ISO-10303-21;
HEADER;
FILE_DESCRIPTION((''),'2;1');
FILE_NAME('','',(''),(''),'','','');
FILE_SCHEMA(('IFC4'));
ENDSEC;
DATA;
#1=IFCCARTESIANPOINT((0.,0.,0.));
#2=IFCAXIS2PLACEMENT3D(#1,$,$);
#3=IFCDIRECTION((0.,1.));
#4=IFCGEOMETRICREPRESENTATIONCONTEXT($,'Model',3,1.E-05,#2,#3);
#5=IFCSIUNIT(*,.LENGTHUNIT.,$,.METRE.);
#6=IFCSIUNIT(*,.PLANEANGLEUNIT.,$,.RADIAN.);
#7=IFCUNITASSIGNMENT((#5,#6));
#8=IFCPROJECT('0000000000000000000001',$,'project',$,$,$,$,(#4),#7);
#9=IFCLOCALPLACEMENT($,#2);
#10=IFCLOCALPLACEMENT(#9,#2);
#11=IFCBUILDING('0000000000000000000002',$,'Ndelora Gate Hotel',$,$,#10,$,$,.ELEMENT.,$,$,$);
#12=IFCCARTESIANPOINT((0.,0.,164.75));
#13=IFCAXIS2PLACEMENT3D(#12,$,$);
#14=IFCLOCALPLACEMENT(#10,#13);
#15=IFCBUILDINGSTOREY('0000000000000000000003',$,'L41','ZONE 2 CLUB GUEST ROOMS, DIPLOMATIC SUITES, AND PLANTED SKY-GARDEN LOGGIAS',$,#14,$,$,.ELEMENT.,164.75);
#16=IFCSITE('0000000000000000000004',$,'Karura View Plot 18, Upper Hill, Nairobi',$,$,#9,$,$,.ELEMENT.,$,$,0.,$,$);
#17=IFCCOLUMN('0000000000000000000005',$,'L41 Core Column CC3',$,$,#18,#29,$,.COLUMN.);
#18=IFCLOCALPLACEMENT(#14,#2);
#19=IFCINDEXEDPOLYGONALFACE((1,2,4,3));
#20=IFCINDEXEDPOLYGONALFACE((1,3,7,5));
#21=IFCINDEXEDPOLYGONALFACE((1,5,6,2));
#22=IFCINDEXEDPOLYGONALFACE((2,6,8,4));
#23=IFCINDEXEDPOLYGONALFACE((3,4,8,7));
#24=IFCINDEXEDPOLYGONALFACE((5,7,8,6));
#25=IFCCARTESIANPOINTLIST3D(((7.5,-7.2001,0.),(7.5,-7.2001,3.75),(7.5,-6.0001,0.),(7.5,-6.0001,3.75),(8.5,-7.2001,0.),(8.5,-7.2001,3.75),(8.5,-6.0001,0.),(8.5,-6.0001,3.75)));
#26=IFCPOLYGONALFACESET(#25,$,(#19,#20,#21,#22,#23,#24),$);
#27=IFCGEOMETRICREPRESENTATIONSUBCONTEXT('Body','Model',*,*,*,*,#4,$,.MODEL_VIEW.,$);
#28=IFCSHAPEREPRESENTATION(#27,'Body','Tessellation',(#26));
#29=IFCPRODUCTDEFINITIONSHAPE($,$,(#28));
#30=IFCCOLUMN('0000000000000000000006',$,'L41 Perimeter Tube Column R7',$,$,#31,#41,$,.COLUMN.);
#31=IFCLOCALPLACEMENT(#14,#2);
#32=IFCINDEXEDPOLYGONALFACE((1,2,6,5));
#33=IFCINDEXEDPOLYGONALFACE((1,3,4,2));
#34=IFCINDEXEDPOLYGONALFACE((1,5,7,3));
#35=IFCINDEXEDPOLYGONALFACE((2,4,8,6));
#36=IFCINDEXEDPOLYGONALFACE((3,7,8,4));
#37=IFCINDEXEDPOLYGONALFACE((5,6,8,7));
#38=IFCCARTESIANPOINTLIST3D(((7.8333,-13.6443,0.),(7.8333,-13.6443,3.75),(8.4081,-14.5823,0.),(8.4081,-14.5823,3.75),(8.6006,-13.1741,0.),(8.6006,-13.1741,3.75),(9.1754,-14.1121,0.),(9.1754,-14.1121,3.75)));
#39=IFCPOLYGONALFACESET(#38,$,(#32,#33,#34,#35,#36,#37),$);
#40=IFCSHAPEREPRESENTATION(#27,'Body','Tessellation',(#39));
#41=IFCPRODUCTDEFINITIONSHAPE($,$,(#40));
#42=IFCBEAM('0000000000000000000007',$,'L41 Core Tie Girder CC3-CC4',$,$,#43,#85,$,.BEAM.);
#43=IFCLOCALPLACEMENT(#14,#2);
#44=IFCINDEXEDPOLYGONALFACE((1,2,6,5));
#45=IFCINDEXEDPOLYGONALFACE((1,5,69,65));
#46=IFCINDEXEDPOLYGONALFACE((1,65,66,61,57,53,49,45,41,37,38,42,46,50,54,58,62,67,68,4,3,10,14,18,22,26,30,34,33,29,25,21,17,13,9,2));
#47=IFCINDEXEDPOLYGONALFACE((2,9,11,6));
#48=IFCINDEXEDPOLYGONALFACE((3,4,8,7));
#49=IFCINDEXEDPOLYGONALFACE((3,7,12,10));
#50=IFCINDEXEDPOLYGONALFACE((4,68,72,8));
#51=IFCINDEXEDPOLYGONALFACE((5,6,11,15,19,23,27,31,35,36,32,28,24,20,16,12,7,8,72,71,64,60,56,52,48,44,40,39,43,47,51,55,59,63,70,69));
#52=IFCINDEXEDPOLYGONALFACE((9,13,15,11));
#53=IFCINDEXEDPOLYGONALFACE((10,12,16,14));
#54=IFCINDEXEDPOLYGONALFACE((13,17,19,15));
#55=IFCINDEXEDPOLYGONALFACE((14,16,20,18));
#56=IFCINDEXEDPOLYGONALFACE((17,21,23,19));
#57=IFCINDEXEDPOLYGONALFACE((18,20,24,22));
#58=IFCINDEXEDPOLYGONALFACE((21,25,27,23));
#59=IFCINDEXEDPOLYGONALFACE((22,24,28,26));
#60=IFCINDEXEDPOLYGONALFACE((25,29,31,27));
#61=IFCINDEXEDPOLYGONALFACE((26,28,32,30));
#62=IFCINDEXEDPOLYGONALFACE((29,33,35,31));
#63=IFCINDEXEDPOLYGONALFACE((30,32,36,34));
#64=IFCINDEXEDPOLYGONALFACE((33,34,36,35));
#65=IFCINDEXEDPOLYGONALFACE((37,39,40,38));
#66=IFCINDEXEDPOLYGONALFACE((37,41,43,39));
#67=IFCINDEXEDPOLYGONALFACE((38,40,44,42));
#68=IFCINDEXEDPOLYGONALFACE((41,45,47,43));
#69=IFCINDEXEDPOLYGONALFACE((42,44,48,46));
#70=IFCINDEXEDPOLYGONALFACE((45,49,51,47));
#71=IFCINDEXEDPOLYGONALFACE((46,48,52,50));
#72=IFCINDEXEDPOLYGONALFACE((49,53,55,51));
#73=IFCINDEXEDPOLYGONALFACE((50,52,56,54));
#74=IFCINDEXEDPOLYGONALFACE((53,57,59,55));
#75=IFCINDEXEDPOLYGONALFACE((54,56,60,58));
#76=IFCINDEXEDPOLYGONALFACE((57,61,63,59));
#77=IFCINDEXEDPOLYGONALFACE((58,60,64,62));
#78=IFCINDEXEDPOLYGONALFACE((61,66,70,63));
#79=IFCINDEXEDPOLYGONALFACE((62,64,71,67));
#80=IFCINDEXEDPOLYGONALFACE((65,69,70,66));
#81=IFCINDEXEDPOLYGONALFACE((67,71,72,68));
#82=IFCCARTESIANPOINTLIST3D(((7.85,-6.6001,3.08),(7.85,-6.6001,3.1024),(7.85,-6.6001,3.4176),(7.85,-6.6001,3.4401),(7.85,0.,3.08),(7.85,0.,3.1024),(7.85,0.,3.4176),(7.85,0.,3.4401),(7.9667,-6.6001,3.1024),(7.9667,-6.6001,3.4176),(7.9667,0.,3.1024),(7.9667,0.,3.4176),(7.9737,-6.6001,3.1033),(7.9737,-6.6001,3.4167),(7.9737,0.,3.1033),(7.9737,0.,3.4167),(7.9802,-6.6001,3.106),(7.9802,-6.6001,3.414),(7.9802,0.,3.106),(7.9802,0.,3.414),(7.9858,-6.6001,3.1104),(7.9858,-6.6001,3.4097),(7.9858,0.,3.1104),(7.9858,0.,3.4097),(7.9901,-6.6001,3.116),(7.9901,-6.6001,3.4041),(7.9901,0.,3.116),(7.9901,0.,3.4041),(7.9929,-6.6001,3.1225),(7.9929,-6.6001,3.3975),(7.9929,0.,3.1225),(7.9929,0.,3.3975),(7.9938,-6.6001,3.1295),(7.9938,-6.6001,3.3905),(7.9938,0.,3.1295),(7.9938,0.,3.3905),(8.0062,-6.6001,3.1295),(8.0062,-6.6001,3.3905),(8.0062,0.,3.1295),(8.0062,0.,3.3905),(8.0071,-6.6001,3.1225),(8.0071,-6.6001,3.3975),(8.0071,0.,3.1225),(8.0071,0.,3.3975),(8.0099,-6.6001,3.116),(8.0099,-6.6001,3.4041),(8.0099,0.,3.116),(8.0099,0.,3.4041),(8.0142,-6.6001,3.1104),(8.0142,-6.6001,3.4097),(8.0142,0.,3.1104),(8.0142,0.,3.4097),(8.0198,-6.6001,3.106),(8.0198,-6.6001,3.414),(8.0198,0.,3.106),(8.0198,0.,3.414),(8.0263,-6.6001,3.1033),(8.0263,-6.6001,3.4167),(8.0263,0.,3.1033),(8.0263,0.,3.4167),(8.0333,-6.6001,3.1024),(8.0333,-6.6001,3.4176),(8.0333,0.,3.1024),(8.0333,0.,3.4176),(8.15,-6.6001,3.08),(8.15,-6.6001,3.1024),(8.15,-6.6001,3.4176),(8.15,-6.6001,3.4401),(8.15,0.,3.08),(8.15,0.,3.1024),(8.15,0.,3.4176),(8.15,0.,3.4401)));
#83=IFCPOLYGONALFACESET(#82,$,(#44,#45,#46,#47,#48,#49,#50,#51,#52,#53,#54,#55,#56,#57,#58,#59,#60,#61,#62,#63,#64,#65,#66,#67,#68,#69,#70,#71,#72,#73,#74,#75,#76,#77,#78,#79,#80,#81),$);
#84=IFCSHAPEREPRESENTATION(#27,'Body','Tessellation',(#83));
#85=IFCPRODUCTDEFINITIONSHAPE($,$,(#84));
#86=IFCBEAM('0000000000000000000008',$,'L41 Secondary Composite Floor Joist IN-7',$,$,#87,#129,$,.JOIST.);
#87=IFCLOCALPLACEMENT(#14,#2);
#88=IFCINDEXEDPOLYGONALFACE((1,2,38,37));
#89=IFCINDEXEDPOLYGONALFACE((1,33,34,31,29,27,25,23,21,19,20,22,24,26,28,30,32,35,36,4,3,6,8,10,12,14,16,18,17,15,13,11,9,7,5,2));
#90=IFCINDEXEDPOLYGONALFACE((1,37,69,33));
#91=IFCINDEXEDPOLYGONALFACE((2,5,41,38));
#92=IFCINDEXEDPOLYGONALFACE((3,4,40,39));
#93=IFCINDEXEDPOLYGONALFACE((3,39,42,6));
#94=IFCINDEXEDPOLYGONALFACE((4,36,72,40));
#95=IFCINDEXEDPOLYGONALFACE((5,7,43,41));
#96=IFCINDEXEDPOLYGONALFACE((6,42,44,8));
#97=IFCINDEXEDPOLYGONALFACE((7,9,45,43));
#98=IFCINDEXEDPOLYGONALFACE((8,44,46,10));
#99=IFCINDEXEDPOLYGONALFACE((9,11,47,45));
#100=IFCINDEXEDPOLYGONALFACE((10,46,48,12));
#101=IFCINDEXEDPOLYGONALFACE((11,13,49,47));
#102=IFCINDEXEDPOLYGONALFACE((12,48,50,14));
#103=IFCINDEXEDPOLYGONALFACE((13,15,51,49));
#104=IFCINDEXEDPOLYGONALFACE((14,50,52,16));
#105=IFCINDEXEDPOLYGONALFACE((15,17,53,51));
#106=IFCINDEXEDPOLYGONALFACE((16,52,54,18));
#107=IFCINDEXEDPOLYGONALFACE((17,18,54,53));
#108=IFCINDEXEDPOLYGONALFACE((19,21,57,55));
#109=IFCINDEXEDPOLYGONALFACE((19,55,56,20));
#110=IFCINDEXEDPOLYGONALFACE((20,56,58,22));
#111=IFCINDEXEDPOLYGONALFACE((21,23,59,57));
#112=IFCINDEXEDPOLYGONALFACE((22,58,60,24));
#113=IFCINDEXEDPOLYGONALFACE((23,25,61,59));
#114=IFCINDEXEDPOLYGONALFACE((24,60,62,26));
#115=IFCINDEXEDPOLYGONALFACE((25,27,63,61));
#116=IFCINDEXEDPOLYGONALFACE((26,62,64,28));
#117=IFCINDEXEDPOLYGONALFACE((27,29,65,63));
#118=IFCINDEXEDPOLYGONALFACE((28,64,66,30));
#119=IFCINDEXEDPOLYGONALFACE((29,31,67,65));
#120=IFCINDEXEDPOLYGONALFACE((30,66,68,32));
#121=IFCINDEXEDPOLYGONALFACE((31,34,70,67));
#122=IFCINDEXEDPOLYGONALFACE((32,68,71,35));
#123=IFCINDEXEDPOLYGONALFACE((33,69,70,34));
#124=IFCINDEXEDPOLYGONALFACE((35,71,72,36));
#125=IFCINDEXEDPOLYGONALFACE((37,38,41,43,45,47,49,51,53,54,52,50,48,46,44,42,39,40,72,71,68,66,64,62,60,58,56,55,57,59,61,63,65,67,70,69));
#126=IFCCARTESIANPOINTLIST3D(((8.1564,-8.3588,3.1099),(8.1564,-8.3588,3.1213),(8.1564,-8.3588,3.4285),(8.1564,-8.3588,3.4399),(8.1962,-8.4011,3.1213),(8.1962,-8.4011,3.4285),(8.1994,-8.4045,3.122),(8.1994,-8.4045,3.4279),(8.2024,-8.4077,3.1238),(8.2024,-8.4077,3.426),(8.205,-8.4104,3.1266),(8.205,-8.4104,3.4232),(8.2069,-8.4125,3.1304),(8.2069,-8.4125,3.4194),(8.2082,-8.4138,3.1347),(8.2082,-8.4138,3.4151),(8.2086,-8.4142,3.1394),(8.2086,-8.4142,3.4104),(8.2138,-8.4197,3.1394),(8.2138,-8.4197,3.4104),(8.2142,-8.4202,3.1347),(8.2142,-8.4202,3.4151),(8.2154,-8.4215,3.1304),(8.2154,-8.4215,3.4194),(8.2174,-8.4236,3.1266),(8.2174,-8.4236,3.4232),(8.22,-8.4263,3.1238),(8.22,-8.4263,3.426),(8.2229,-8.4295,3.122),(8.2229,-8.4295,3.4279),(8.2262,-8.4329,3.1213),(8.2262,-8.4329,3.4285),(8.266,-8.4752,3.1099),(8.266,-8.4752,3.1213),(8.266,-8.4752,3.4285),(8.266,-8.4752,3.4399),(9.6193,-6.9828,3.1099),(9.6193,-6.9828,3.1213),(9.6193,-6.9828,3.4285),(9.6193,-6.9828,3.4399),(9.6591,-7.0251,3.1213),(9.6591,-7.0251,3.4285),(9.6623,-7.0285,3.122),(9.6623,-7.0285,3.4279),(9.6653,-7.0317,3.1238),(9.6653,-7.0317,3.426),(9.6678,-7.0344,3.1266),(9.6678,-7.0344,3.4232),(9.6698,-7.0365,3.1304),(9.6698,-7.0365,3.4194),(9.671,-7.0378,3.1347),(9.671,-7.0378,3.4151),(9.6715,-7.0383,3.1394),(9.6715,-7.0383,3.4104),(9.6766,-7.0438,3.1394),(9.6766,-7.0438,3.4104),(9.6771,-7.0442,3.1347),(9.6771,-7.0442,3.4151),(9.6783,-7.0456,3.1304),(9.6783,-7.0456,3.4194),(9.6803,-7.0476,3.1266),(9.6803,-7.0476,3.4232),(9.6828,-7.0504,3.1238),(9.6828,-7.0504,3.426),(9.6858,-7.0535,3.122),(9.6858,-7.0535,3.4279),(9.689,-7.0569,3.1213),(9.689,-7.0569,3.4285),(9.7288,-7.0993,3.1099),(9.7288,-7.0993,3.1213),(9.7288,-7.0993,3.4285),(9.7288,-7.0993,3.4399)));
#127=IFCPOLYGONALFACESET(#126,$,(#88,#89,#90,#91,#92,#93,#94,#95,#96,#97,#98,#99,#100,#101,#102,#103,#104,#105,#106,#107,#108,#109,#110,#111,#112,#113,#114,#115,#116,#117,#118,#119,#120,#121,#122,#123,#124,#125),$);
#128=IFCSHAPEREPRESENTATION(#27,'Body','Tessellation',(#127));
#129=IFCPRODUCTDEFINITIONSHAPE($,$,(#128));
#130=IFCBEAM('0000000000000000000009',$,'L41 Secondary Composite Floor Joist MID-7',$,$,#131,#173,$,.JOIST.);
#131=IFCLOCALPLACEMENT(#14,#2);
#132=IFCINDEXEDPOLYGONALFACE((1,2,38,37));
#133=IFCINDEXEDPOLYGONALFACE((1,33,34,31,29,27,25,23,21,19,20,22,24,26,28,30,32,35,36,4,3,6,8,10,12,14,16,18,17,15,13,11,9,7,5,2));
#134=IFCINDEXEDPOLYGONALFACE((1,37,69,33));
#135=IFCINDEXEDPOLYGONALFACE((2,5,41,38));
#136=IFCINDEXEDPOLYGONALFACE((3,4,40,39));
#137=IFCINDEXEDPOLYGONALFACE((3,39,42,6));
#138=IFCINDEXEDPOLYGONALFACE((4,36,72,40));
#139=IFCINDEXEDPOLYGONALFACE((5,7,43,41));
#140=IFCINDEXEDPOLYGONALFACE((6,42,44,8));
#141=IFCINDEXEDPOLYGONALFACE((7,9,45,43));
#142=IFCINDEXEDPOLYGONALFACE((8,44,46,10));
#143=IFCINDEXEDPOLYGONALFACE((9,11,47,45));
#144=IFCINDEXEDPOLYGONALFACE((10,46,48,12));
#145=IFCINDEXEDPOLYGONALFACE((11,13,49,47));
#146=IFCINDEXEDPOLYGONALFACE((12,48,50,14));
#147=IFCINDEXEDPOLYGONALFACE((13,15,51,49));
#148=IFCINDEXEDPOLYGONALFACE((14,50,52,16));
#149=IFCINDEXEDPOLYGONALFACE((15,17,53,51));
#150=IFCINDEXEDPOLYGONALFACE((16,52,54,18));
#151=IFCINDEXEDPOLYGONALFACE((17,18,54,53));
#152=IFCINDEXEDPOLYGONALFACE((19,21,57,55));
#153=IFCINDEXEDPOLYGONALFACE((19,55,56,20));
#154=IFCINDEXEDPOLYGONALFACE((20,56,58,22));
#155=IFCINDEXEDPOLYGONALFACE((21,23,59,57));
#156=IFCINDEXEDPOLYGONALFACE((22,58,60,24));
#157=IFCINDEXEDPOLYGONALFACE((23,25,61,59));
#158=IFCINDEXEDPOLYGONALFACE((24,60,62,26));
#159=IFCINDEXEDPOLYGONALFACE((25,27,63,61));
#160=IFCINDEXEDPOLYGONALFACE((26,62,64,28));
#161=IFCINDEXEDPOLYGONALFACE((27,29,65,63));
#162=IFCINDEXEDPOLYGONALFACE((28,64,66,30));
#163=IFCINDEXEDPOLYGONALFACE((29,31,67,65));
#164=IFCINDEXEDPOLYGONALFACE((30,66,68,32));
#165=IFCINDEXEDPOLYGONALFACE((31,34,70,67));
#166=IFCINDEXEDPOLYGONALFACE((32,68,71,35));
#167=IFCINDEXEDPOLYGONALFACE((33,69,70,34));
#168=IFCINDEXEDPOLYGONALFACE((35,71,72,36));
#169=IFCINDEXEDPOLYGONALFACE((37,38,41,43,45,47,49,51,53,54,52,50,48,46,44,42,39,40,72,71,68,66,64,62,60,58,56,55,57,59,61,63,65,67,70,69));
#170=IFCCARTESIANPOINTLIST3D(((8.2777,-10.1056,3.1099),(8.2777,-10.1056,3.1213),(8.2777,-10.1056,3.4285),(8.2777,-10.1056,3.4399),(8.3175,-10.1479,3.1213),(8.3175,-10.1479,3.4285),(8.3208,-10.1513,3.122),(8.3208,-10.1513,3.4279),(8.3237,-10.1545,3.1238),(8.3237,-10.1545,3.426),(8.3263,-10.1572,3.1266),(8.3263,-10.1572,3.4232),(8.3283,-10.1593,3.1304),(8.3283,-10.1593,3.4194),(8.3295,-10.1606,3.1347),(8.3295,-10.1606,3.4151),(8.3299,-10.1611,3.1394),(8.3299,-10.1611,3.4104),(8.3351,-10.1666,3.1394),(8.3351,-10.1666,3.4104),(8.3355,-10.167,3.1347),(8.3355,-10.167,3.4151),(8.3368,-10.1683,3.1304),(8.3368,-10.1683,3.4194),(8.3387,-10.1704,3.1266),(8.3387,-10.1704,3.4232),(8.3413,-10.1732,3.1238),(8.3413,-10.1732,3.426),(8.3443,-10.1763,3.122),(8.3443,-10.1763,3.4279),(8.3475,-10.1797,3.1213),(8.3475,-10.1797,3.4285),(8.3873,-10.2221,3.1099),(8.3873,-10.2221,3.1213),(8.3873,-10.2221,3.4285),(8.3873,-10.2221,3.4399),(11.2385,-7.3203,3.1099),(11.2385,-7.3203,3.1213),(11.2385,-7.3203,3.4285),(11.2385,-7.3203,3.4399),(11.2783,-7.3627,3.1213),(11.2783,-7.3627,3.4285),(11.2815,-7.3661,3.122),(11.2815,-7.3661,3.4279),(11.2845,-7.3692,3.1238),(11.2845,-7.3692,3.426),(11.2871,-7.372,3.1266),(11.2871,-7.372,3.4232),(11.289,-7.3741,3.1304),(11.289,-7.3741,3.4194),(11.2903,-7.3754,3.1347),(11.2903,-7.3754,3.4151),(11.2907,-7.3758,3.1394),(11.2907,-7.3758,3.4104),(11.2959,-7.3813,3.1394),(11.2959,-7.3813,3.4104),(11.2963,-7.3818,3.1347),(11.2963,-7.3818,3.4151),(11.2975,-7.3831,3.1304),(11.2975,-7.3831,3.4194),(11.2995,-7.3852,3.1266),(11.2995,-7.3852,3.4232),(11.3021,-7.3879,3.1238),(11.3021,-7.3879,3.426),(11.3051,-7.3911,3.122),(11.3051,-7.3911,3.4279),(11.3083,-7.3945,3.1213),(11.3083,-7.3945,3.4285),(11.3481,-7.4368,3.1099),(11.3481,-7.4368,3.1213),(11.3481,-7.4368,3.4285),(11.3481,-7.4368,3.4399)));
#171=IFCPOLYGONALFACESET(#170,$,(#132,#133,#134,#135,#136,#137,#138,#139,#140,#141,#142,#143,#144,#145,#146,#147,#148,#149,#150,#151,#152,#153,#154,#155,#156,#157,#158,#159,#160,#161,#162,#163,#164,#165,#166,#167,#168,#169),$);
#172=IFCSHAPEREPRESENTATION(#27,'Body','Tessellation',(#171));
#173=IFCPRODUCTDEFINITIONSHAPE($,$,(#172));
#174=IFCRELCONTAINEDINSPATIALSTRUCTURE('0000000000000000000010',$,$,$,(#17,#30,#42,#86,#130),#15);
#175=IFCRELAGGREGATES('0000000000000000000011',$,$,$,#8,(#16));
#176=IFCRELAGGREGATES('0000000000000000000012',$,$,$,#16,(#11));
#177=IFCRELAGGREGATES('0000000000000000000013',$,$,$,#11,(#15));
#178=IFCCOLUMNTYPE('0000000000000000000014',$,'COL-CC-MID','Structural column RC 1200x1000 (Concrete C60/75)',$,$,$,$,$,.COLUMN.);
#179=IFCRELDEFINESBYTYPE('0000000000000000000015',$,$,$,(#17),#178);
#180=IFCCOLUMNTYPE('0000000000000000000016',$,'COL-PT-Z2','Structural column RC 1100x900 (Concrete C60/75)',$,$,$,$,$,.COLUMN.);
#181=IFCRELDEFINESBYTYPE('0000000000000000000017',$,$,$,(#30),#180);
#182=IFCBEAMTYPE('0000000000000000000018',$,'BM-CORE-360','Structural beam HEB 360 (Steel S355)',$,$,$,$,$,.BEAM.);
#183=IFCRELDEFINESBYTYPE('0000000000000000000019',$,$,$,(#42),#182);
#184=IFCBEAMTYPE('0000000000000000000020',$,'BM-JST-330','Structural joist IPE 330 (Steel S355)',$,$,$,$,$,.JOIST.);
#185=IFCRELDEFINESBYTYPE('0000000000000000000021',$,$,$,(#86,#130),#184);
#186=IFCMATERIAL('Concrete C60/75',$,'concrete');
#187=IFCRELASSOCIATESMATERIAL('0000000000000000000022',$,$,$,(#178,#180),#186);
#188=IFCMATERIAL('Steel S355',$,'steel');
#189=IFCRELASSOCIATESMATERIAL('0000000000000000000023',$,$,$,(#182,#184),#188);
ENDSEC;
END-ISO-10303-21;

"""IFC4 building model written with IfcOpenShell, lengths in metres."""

from ifc_helpers import new_model, si_unit, direction, frame, origin, origin_2d, place, context, subcontext, project, spatial, rectangle, i_section, extrude, material, material_profile, profile_set, type_object, element, save


model = new_model("IFC4")

# Units and contexts
model_context = context("Model", 3, precision=1e-05, world=origin(), true_north=direction((0.0, 1.0)))
body_context = subcontext(model_context, "Body", "Model", "MODEL_VIEW")
ifc_project = project(units=[si_unit("LENGTHUNIT", "METRE"), si_unit("PLANEANGLEUNIT", "RADIAN")], contexts=[model_context])

# Site, building, storey
site_placement = place(None, origin())
site = spatial("IfcSite", under=ifc_project, at=site_placement, Name="Karura View Plot 18, Upper Hill, Nairobi", CompositionType="ELEMENT", RefElevation=0.0)
building_placement = place(site_placement, origin())
building = spatial("IfcBuilding", under=site, at=building_placement, Name="Ndelora Gate Hotel", CompositionType="ELEMENT")
storey_placement = place(building_placement, frame((0.0, 0.0, 164.75)))
storey = spatial("IfcBuildingStorey", under=building, at=storey_placement, Name="L41", Description="ZONE 2 CLUB GUEST ROOMS, DIPLOMATIC SUITES, AND PLANTED SKY-GARDEN LOGGIAS", CompositionType="ELEMENT", Elevation=164.75)

# Columns
ifc_material_1 = material(Name="Concrete C60/75", Category="concrete")
ifc_material_profile_1 = material_profile(ifc_material_1, rectangle(XDim=1.0, YDim=1.2, at=origin_2d()), Name="RC 1200x1000")
ifc_profile_set_1 = profile_set([ifc_material_profile_1], Name="Concrete C60/75")
column_type_1 = type_object("IfcColumnType", Name="COL-CC-MID", Description="Structural column RC 1200x1000 (Concrete C60/75)", PredefinedType="COLUMN", material=ifc_profile_set_1)
column_1_placement = place(storey_placement, frame((8.0, -6.6001, 0.0), z_axis=(0.0, 0.0, 1.0), x_axis=(1.0, 0.0, 0.0)))
element("IfcColumn", 1, at=column_1_placement, inside=storey, type_object=column_type_1, Name="L41 Core Column CC3", PredefinedType="COLUMN", context=body_context, shape_type="SweptSolid", body=[
    extrude(rectangle(XDim=1.0, YDim=1.2, at=origin_2d()), origin(), (0.0, 0.0, 1.0), 3.75),
])
ifc_material_profile_2 = material_profile(ifc_material_1, rectangle(XDim=0.8999, YDim=1.1001, at=origin_2d()), Name="RC 1100x900")
ifc_profile_set_2 = profile_set([ifc_material_profile_2], Name="Concrete C60/75")
column_type_2 = type_object("IfcColumnType", Name="COL-PT-Z2", Description="Structural column RC 1100x900 (Concrete C60/75)", PredefinedType="COLUMN", material=ifc_profile_set_2)
column_2_placement = place(storey_placement, frame((8.5044, -13.8782, 0.0), z_axis=(0.0, 0.0, 1.0), x_axis=(0.85264, 0.522499, 0.0)))
element("IfcColumn", 2, at=column_2_placement, inside=storey, type_object=column_type_2, Name="L41 Perimeter Tube Column R7", PredefinedType="COLUMN", context=body_context, shape_type="SweptSolid", body=[
    extrude(rectangle(XDim=0.8999, YDim=1.1001, at=origin_2d()), origin(), (0.0, 0.0, 1.0), 3.75),
])

# Beams
ifc_material_2 = material(Name="Steel S355", Category="steel")
ifc_material_profile_3 = material_profile(ifc_material_2, i_section(OverallWidth=0.3, OverallDepth=0.3601, WebThickness=0.0125, FlangeThickness=0.0225, FilletRadius=0.0271, at=origin_2d()), Name="HEB 360")
ifc_profile_set_3 = profile_set([ifc_material_profile_3], Name="Steel S355")
beam_type_1 = type_object("IfcBeamType", Name="BM-CORE-360", Description="Structural beam HEB 360 (Steel S355)", PredefinedType="BEAM", material=ifc_profile_set_3)
beam_1_placement = place(storey_placement, frame((8.0, -6.6001, 3.26), z_axis=(0.0, 1.0, 0.0), x_axis=(-1.0, 0.0, 0.0)))
element("IfcBeam", 3, at=beam_1_placement, inside=storey, type_object=beam_type_1, Name="L41 Core Tie Girder CC3-CC4", PredefinedType="BEAM", context=body_context, shape_type="SweptSolid", body=[
    extrude(i_section(OverallWidth=0.3, OverallDepth=0.3601, WebThickness=0.0125, FlangeThickness=0.0225, FilletRadius=0.0271, at=origin_2d()), origin(), (0.0, 0.0, 1.0), 6.6001),
])
ifc_material_profile_4 = material_profile(ifc_material_2, i_section(OverallWidth=0.1599, OverallDepth=0.3301, WebThickness=0.0076, FlangeThickness=0.0115, FilletRadius=0.0181, at=origin_2d()), Name="IPE 330")
ifc_profile_set_4 = profile_set([ifc_material_profile_4], Name="Steel S355")
beam_type_2 = type_object("IfcBeamType", Name="BM-JST-330", Description="Structural joist IPE 330 (Steel S355)", PredefinedType="JOIST", material=ifc_profile_set_4)
beam_2_placement = place(storey_placement, frame((8.2112, -8.417, 3.2749), z_axis=(0.728414, 0.685137, 0.0), x_axis=(-0.685137, 0.728414, 0.0)))
element("IfcBeam", 4, at=beam_2_placement, inside=storey, type_object=beam_type_2, Name="L41 Secondary Composite Floor Joist IN-7", PredefinedType="JOIST", context=body_context, shape_type="SweptSolid", body=[
    extrude(i_section(OverallWidth=0.1599, OverallDepth=0.3301, WebThickness=0.0076, FlangeThickness=0.0115, FilletRadius=0.0181, at=origin_2d()), origin(), (0.0, 0.0, 1.0), 2.0083),
])
beam_3_placement = place(storey_placement, frame((8.3325, -10.1638, 3.2749), z_axis=(0.728369, 0.685185, 0.0), x_axis=(-0.685185, 0.728369, 0.0)))
element("IfcBeam", 5, at=beam_3_placement, inside=storey, type_object=beam_type_2, Name="L41 Secondary Composite Floor Joist MID-7", PredefinedType="JOIST", context=body_context, shape_type="SweptSolid", body=[
    extrude(i_section(OverallWidth=0.1599, OverallDepth=0.3301, WebThickness=0.0076, FlangeThickness=0.0115, FilletRadius=0.0181, at=origin_2d()), origin(), (0.0, 0.0, 1.0), 4.0649),
])

save(model, "model.ifc")
